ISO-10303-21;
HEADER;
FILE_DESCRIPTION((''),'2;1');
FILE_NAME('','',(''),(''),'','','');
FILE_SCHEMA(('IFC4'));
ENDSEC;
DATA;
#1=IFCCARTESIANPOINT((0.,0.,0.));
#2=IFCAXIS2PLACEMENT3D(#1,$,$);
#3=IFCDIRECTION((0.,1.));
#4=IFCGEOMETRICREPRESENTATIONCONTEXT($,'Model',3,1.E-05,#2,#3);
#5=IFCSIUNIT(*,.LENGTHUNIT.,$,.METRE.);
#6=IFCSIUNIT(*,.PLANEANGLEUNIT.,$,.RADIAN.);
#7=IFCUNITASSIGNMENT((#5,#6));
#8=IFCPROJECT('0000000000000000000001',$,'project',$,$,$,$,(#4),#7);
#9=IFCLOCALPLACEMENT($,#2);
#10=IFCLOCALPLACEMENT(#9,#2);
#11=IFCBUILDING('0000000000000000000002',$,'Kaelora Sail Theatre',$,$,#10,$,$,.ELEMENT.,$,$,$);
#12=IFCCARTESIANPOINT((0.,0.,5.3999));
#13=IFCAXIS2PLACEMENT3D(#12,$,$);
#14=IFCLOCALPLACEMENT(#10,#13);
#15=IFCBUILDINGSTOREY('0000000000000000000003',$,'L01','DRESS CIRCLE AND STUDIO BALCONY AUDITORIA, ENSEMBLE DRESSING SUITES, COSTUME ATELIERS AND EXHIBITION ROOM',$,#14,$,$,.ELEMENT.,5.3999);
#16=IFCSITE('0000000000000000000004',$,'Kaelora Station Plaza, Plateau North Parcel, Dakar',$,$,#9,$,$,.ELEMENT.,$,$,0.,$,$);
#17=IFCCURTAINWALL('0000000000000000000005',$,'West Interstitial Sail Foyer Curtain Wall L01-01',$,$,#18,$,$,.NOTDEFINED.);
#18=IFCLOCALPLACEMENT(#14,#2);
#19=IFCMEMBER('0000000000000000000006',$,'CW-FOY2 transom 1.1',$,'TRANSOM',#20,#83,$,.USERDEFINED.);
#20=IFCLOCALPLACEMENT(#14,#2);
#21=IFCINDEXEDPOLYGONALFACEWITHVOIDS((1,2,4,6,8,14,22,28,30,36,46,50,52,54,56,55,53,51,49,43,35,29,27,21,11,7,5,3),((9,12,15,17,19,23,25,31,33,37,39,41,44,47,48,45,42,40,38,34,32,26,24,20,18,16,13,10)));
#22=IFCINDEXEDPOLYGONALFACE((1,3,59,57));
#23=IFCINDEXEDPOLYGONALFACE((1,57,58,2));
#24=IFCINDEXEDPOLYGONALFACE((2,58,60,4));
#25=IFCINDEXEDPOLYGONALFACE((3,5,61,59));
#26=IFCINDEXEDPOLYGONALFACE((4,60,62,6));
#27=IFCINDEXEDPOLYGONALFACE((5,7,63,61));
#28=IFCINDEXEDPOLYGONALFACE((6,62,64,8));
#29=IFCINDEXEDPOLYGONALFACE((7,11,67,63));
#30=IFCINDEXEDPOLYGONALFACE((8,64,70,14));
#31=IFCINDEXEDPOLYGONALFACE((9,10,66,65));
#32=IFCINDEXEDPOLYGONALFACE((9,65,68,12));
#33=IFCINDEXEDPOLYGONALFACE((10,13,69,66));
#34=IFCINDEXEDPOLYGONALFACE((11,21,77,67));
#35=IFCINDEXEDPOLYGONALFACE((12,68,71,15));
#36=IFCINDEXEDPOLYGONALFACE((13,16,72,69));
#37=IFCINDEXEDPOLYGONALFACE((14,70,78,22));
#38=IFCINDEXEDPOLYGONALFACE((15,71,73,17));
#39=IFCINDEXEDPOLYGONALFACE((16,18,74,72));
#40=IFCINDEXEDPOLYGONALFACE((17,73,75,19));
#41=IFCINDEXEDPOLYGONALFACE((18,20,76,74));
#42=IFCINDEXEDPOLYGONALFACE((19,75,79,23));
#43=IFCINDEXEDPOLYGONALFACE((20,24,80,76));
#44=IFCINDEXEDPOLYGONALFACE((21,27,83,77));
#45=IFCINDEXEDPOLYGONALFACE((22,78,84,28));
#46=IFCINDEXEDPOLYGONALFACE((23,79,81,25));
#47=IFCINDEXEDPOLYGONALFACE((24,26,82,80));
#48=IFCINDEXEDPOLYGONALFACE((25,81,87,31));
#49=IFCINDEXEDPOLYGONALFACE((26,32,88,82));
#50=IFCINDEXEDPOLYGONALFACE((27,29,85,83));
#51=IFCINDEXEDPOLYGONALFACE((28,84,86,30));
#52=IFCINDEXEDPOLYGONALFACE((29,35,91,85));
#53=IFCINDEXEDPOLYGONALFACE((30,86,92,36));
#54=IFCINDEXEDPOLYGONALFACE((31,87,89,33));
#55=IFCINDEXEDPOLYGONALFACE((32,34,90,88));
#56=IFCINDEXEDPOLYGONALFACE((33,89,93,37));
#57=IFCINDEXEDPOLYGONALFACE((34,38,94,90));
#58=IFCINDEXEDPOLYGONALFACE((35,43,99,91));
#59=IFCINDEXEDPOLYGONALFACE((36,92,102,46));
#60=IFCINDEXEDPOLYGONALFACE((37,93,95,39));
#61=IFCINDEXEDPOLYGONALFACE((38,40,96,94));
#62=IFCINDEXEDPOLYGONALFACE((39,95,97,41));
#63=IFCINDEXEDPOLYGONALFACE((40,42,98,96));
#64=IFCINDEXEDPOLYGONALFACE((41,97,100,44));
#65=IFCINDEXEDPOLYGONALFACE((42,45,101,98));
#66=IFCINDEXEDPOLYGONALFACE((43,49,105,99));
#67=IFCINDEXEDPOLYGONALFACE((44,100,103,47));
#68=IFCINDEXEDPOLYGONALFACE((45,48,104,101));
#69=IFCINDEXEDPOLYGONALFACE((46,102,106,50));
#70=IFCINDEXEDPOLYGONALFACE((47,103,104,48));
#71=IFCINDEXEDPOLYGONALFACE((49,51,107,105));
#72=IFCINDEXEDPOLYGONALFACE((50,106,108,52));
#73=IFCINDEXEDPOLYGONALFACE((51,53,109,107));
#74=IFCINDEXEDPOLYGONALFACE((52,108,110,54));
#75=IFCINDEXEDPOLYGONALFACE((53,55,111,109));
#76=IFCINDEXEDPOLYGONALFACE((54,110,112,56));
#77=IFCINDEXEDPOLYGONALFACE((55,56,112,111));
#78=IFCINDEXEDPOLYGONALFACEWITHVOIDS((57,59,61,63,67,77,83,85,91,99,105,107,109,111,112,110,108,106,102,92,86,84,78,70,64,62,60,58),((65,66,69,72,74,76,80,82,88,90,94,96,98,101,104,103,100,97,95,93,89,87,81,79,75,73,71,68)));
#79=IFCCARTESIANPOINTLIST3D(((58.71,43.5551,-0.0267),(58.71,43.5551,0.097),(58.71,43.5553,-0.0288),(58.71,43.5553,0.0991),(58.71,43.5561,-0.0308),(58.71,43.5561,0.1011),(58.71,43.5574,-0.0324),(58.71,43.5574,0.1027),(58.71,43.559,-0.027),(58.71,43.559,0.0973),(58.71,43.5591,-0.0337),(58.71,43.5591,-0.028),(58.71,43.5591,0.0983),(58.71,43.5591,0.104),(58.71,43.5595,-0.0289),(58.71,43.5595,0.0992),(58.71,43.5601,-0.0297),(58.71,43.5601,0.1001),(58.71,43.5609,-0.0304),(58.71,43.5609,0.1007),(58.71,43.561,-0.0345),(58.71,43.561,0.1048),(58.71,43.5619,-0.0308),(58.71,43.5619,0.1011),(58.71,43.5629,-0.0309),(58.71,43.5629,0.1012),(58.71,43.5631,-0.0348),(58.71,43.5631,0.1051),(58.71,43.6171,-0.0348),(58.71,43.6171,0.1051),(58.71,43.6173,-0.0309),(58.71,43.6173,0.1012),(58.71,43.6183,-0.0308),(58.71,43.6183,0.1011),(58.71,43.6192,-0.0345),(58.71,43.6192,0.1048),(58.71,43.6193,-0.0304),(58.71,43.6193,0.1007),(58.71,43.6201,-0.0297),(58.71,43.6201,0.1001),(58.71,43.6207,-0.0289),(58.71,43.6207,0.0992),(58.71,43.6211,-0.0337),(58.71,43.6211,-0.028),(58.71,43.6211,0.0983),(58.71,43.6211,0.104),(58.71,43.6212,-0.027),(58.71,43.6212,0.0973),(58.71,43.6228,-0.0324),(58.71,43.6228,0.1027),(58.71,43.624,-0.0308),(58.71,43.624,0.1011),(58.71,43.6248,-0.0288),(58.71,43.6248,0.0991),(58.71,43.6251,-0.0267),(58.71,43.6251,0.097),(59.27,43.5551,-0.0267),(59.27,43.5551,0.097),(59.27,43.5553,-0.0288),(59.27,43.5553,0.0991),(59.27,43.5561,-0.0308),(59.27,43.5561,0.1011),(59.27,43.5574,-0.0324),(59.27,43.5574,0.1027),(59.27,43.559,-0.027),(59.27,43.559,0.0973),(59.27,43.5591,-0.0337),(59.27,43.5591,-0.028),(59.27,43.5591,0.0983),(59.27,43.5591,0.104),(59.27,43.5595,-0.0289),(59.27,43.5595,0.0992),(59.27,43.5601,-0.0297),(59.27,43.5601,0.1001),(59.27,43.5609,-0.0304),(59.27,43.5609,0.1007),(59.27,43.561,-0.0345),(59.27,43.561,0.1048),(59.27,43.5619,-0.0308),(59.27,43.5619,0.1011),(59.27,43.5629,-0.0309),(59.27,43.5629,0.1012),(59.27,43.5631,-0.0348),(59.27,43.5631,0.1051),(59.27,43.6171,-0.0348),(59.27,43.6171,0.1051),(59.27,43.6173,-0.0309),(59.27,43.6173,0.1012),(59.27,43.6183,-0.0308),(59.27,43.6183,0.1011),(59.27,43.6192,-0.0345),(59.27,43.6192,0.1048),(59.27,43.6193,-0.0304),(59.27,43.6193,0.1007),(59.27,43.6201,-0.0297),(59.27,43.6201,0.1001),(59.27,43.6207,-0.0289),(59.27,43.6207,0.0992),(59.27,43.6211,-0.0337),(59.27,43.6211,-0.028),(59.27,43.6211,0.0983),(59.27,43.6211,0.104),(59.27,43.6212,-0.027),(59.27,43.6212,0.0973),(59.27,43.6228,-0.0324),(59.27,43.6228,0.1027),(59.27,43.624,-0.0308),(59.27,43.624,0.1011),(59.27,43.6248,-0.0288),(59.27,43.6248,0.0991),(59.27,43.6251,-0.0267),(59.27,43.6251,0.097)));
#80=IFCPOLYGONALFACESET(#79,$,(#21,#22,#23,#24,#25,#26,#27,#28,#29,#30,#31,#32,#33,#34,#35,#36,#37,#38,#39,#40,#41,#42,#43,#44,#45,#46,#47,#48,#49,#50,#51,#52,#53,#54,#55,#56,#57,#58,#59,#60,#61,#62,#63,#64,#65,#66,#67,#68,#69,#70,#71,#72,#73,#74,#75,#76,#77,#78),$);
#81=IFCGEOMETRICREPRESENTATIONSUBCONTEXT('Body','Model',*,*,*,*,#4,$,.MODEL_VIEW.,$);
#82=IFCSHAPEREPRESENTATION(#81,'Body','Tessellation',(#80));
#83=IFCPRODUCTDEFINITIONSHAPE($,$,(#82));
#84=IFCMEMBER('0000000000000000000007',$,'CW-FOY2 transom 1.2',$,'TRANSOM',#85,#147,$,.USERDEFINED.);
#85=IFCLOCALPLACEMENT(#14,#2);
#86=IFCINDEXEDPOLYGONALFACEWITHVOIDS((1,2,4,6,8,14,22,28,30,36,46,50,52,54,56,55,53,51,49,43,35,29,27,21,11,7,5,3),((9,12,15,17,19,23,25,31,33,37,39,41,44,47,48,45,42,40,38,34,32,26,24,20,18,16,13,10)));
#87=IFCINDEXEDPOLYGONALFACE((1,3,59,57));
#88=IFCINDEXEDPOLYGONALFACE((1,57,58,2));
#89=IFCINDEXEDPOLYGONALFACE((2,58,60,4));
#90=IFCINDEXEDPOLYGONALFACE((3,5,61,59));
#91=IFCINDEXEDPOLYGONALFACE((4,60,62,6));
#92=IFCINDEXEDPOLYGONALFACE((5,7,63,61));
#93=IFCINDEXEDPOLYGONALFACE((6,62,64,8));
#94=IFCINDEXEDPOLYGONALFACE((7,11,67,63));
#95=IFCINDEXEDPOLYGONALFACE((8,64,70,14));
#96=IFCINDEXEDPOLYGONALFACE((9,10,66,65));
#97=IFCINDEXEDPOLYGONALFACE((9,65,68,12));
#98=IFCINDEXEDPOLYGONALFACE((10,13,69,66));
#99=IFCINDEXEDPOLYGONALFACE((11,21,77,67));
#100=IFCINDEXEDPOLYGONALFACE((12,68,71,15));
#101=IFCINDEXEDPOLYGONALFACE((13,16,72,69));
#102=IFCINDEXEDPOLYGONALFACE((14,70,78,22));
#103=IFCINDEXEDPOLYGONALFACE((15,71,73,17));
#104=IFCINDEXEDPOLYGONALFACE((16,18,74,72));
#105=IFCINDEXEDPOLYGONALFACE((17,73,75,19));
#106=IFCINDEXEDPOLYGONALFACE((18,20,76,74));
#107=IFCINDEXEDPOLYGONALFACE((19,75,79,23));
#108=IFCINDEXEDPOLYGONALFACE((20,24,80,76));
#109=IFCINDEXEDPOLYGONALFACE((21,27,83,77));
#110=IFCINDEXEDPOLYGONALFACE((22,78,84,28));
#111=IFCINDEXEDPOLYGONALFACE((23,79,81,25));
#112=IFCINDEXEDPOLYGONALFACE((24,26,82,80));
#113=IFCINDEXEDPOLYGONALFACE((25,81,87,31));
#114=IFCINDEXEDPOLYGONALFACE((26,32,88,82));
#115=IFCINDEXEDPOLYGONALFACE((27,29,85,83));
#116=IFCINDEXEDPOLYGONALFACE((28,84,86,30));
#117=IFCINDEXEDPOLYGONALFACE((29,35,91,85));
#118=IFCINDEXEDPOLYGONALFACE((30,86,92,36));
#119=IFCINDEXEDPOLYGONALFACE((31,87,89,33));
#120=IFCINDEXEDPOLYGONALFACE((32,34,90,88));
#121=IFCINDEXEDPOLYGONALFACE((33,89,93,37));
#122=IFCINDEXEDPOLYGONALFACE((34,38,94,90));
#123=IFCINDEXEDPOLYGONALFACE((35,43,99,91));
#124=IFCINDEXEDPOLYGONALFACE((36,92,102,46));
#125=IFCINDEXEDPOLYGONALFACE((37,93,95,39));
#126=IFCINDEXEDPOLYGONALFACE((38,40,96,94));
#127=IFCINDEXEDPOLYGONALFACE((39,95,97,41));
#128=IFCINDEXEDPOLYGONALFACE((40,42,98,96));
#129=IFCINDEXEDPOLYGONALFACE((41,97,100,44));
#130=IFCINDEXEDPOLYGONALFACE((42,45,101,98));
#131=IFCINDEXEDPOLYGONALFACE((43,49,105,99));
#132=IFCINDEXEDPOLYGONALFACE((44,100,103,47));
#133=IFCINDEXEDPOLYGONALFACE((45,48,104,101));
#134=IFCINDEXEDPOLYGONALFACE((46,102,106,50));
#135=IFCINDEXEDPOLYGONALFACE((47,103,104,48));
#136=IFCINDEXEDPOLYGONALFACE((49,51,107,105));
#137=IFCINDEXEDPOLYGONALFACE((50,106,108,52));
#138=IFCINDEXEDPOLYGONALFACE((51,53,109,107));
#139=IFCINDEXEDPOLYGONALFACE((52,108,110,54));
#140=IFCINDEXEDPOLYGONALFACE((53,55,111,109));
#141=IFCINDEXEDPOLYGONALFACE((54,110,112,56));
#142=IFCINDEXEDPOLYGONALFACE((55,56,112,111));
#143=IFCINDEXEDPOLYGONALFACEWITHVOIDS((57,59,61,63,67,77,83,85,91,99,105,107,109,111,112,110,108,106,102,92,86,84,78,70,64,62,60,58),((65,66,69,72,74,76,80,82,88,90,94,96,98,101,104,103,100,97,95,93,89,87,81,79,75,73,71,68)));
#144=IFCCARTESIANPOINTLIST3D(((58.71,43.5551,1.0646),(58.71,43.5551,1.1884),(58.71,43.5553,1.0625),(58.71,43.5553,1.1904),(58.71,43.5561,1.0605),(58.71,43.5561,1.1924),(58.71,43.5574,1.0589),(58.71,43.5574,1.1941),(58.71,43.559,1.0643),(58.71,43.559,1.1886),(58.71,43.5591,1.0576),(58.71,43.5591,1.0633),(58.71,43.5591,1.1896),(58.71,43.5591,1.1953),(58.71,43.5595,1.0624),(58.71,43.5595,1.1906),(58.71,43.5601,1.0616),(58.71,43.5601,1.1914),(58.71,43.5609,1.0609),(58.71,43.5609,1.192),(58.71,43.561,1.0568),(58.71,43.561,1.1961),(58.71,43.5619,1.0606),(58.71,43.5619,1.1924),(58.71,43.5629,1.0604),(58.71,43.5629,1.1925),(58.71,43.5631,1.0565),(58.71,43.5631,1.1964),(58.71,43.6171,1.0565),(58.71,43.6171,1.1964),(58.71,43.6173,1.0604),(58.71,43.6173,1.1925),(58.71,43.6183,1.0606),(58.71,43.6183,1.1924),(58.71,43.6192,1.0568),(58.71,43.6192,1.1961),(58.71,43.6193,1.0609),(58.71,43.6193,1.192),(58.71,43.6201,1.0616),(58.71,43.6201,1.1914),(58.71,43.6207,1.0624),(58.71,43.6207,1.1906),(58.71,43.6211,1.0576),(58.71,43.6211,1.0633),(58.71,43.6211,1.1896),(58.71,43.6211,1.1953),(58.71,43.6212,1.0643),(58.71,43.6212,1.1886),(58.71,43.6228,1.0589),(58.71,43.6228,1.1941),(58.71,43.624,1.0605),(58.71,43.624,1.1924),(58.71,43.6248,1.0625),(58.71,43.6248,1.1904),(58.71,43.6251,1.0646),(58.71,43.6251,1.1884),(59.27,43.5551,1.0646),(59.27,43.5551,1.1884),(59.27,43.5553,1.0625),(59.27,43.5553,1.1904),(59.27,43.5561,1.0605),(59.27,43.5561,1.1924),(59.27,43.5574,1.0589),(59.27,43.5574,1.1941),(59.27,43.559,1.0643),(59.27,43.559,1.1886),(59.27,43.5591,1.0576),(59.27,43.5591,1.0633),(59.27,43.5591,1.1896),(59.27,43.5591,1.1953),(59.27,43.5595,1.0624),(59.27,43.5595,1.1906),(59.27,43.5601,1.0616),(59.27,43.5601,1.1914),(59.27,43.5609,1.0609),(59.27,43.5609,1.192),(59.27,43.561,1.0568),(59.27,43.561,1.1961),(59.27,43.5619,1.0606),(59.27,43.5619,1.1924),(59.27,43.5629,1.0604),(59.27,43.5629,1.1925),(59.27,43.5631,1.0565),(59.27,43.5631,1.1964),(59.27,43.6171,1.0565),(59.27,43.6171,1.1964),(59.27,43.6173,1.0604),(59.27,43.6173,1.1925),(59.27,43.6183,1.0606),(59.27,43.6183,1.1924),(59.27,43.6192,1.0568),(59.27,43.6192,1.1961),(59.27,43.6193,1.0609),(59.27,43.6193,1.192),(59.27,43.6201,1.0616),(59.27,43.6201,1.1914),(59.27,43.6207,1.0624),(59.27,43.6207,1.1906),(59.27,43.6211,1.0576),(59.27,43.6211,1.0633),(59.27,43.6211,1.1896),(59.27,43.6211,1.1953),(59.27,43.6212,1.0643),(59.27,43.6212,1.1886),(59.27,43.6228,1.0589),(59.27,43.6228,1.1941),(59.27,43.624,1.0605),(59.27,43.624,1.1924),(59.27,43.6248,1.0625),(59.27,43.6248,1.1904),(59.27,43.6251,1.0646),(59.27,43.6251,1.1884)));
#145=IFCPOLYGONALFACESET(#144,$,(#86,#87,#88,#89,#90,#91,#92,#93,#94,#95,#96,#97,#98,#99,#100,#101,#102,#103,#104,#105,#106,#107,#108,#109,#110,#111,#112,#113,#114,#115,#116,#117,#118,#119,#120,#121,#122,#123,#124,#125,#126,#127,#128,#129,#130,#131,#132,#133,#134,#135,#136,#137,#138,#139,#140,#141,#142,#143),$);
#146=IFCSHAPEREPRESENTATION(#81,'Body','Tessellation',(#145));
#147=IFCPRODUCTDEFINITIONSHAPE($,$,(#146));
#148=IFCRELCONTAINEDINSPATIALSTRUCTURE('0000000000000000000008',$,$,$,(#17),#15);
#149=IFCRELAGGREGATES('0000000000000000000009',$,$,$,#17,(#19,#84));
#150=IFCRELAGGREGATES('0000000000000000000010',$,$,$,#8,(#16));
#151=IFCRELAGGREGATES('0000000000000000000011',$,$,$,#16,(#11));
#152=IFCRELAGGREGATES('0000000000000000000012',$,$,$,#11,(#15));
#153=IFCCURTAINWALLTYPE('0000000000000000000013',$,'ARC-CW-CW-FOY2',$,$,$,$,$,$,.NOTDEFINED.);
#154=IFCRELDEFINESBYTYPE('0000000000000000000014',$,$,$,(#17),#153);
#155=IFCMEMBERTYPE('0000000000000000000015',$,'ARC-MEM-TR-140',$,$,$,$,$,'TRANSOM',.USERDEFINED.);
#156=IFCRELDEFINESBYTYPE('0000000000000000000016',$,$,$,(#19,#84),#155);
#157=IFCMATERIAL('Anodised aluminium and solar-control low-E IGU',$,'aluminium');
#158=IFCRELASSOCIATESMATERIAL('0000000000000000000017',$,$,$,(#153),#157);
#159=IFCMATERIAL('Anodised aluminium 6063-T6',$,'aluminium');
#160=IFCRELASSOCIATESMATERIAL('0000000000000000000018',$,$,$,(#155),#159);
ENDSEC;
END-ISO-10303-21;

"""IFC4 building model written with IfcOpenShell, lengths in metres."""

from ifc_helpers import new_model, si_unit, direction, frame, origin, origin_2d, place, context, subcontext, project, spatial, hollow_rectangle, extrude, material, material_profile, profile_set, type_object, element, aggregate, save


model = new_model("IFC4")

# Units and contexts
model_context = context("Model", 3, precision=1e-05, world=origin(), true_north=direction((0.0, 1.0)))
body_context = subcontext(model_context, "Body", "Model", "MODEL_VIEW")
ifc_project = project(units=[si_unit("LENGTHUNIT", "METRE"), si_unit("PLANEANGLEUNIT", "RADIAN")], contexts=[model_context])

# Site, building, storey
site_placement = place(None, origin())
site = spatial("IfcSite", under=ifc_project, at=site_placement, Name="Kaelora Station Plaza, Plateau North Parcel, Dakar", CompositionType="ELEMENT", RefElevation=0.0)
building_placement = place(site_placement, origin())
building = spatial("IfcBuilding", under=site, at=building_placement, Name="Kaelora Sail Theatre", CompositionType="ELEMENT")
storey_placement = place(building_placement, frame((0.0, 0.0, 5.3999)))
storey = spatial("IfcBuildingStorey", under=building, at=storey_placement, Name="L01", Description="DRESS CIRCLE AND STUDIO BALCONY AUDITORIA, ENSEMBLE DRESSING SUITES, COSTUME ATELIERS AND EXHIBITION ROOM", CompositionType="ELEMENT", Elevation=5.3999)

# Curtain wall, members
ifc_material_1 = material(Name="Anodised aluminium and solar-control low-E IGU", Category="aluminium")
curtain_wall_type = type_object("IfcCurtainWallType", Name="ARC-CW-CW-FOY2", PredefinedType="NOTDEFINED", material=ifc_material_1)
curtain_wall_placement = place(storey_placement, origin())
curtain_wall = element("IfcCurtainWall", 1, at=curtain_wall_placement, inside=storey, type_object=curtain_wall_type, Name="West Interstitial Sail Foyer Curtain Wall L01-01", PredefinedType="NOTDEFINED")
ifc_material_2 = material(Name="Anodised aluminium 6063-T6", Category="aluminium")
ifc_material_profile_1 = material_profile(ifc_material_2, hollow_rectangle(XDim=0.0701, YDim=0.1399, WallThickness=0.0039, InnerFilletRadius=0.0039, OuterFilletRadius=0.0081, at=origin_2d()), Name="ALU-TRAN 70x140x4")
ifc_profile_set_1 = profile_set([ifc_material_profile_1], Name="Anodised aluminium 6063-T6")
member_type_1 = type_object("IfcMemberType", Name="ARC-MEM-TR-140", ElementType="TRANSOM", PredefinedType="USERDEFINED", material=ifc_profile_set_1)
member_1_placement = place(storey_placement, frame((58.71, 43.5901, 0.0352), z_axis=(1.0, 0.0, 0.0), x_axis=(0.0, 1.0, 0.0)))
member_1 = element("IfcMember", 2, at=member_1_placement, type_object=member_type_1, Name="CW-FOY2 transom 1.1", ObjectType="TRANSOM", PredefinedType="USERDEFINED", context=body_context, shape_type="SweptSolid", body=[
    extrude(hollow_rectangle(XDim=0.0701, YDim=0.1399, WallThickness=0.0039, InnerFilletRadius=0.0039, OuterFilletRadius=0.0081, at=origin_2d()), origin(), (0.0, 0.0, 1.0), 0.5601),
])
member_2_placement = place(storey_placement, frame((58.71, 43.5901, 1.1265), z_axis=(1.0, 0.0, 0.0), x_axis=(0.0, 1.0, 0.0)))
member_2 = element("IfcMember", 3, at=member_2_placement, type_object=member_type_1, Name="CW-FOY2 transom 1.2", ObjectType="TRANSOM", PredefinedType="USERDEFINED", context=body_context, shape_type="SweptSolid", body=[
    extrude(hollow_rectangle(XDim=0.0701, YDim=0.1399, WallThickness=0.0039, InnerFilletRadius=0.0039, OuterFilletRadius=0.0081, at=origin_2d()), origin(), (0.0, 0.0, 1.0), 0.5601),
])
aggregate(curtain_wall, [member_1, member_2])

save(model, "model.ifc")
